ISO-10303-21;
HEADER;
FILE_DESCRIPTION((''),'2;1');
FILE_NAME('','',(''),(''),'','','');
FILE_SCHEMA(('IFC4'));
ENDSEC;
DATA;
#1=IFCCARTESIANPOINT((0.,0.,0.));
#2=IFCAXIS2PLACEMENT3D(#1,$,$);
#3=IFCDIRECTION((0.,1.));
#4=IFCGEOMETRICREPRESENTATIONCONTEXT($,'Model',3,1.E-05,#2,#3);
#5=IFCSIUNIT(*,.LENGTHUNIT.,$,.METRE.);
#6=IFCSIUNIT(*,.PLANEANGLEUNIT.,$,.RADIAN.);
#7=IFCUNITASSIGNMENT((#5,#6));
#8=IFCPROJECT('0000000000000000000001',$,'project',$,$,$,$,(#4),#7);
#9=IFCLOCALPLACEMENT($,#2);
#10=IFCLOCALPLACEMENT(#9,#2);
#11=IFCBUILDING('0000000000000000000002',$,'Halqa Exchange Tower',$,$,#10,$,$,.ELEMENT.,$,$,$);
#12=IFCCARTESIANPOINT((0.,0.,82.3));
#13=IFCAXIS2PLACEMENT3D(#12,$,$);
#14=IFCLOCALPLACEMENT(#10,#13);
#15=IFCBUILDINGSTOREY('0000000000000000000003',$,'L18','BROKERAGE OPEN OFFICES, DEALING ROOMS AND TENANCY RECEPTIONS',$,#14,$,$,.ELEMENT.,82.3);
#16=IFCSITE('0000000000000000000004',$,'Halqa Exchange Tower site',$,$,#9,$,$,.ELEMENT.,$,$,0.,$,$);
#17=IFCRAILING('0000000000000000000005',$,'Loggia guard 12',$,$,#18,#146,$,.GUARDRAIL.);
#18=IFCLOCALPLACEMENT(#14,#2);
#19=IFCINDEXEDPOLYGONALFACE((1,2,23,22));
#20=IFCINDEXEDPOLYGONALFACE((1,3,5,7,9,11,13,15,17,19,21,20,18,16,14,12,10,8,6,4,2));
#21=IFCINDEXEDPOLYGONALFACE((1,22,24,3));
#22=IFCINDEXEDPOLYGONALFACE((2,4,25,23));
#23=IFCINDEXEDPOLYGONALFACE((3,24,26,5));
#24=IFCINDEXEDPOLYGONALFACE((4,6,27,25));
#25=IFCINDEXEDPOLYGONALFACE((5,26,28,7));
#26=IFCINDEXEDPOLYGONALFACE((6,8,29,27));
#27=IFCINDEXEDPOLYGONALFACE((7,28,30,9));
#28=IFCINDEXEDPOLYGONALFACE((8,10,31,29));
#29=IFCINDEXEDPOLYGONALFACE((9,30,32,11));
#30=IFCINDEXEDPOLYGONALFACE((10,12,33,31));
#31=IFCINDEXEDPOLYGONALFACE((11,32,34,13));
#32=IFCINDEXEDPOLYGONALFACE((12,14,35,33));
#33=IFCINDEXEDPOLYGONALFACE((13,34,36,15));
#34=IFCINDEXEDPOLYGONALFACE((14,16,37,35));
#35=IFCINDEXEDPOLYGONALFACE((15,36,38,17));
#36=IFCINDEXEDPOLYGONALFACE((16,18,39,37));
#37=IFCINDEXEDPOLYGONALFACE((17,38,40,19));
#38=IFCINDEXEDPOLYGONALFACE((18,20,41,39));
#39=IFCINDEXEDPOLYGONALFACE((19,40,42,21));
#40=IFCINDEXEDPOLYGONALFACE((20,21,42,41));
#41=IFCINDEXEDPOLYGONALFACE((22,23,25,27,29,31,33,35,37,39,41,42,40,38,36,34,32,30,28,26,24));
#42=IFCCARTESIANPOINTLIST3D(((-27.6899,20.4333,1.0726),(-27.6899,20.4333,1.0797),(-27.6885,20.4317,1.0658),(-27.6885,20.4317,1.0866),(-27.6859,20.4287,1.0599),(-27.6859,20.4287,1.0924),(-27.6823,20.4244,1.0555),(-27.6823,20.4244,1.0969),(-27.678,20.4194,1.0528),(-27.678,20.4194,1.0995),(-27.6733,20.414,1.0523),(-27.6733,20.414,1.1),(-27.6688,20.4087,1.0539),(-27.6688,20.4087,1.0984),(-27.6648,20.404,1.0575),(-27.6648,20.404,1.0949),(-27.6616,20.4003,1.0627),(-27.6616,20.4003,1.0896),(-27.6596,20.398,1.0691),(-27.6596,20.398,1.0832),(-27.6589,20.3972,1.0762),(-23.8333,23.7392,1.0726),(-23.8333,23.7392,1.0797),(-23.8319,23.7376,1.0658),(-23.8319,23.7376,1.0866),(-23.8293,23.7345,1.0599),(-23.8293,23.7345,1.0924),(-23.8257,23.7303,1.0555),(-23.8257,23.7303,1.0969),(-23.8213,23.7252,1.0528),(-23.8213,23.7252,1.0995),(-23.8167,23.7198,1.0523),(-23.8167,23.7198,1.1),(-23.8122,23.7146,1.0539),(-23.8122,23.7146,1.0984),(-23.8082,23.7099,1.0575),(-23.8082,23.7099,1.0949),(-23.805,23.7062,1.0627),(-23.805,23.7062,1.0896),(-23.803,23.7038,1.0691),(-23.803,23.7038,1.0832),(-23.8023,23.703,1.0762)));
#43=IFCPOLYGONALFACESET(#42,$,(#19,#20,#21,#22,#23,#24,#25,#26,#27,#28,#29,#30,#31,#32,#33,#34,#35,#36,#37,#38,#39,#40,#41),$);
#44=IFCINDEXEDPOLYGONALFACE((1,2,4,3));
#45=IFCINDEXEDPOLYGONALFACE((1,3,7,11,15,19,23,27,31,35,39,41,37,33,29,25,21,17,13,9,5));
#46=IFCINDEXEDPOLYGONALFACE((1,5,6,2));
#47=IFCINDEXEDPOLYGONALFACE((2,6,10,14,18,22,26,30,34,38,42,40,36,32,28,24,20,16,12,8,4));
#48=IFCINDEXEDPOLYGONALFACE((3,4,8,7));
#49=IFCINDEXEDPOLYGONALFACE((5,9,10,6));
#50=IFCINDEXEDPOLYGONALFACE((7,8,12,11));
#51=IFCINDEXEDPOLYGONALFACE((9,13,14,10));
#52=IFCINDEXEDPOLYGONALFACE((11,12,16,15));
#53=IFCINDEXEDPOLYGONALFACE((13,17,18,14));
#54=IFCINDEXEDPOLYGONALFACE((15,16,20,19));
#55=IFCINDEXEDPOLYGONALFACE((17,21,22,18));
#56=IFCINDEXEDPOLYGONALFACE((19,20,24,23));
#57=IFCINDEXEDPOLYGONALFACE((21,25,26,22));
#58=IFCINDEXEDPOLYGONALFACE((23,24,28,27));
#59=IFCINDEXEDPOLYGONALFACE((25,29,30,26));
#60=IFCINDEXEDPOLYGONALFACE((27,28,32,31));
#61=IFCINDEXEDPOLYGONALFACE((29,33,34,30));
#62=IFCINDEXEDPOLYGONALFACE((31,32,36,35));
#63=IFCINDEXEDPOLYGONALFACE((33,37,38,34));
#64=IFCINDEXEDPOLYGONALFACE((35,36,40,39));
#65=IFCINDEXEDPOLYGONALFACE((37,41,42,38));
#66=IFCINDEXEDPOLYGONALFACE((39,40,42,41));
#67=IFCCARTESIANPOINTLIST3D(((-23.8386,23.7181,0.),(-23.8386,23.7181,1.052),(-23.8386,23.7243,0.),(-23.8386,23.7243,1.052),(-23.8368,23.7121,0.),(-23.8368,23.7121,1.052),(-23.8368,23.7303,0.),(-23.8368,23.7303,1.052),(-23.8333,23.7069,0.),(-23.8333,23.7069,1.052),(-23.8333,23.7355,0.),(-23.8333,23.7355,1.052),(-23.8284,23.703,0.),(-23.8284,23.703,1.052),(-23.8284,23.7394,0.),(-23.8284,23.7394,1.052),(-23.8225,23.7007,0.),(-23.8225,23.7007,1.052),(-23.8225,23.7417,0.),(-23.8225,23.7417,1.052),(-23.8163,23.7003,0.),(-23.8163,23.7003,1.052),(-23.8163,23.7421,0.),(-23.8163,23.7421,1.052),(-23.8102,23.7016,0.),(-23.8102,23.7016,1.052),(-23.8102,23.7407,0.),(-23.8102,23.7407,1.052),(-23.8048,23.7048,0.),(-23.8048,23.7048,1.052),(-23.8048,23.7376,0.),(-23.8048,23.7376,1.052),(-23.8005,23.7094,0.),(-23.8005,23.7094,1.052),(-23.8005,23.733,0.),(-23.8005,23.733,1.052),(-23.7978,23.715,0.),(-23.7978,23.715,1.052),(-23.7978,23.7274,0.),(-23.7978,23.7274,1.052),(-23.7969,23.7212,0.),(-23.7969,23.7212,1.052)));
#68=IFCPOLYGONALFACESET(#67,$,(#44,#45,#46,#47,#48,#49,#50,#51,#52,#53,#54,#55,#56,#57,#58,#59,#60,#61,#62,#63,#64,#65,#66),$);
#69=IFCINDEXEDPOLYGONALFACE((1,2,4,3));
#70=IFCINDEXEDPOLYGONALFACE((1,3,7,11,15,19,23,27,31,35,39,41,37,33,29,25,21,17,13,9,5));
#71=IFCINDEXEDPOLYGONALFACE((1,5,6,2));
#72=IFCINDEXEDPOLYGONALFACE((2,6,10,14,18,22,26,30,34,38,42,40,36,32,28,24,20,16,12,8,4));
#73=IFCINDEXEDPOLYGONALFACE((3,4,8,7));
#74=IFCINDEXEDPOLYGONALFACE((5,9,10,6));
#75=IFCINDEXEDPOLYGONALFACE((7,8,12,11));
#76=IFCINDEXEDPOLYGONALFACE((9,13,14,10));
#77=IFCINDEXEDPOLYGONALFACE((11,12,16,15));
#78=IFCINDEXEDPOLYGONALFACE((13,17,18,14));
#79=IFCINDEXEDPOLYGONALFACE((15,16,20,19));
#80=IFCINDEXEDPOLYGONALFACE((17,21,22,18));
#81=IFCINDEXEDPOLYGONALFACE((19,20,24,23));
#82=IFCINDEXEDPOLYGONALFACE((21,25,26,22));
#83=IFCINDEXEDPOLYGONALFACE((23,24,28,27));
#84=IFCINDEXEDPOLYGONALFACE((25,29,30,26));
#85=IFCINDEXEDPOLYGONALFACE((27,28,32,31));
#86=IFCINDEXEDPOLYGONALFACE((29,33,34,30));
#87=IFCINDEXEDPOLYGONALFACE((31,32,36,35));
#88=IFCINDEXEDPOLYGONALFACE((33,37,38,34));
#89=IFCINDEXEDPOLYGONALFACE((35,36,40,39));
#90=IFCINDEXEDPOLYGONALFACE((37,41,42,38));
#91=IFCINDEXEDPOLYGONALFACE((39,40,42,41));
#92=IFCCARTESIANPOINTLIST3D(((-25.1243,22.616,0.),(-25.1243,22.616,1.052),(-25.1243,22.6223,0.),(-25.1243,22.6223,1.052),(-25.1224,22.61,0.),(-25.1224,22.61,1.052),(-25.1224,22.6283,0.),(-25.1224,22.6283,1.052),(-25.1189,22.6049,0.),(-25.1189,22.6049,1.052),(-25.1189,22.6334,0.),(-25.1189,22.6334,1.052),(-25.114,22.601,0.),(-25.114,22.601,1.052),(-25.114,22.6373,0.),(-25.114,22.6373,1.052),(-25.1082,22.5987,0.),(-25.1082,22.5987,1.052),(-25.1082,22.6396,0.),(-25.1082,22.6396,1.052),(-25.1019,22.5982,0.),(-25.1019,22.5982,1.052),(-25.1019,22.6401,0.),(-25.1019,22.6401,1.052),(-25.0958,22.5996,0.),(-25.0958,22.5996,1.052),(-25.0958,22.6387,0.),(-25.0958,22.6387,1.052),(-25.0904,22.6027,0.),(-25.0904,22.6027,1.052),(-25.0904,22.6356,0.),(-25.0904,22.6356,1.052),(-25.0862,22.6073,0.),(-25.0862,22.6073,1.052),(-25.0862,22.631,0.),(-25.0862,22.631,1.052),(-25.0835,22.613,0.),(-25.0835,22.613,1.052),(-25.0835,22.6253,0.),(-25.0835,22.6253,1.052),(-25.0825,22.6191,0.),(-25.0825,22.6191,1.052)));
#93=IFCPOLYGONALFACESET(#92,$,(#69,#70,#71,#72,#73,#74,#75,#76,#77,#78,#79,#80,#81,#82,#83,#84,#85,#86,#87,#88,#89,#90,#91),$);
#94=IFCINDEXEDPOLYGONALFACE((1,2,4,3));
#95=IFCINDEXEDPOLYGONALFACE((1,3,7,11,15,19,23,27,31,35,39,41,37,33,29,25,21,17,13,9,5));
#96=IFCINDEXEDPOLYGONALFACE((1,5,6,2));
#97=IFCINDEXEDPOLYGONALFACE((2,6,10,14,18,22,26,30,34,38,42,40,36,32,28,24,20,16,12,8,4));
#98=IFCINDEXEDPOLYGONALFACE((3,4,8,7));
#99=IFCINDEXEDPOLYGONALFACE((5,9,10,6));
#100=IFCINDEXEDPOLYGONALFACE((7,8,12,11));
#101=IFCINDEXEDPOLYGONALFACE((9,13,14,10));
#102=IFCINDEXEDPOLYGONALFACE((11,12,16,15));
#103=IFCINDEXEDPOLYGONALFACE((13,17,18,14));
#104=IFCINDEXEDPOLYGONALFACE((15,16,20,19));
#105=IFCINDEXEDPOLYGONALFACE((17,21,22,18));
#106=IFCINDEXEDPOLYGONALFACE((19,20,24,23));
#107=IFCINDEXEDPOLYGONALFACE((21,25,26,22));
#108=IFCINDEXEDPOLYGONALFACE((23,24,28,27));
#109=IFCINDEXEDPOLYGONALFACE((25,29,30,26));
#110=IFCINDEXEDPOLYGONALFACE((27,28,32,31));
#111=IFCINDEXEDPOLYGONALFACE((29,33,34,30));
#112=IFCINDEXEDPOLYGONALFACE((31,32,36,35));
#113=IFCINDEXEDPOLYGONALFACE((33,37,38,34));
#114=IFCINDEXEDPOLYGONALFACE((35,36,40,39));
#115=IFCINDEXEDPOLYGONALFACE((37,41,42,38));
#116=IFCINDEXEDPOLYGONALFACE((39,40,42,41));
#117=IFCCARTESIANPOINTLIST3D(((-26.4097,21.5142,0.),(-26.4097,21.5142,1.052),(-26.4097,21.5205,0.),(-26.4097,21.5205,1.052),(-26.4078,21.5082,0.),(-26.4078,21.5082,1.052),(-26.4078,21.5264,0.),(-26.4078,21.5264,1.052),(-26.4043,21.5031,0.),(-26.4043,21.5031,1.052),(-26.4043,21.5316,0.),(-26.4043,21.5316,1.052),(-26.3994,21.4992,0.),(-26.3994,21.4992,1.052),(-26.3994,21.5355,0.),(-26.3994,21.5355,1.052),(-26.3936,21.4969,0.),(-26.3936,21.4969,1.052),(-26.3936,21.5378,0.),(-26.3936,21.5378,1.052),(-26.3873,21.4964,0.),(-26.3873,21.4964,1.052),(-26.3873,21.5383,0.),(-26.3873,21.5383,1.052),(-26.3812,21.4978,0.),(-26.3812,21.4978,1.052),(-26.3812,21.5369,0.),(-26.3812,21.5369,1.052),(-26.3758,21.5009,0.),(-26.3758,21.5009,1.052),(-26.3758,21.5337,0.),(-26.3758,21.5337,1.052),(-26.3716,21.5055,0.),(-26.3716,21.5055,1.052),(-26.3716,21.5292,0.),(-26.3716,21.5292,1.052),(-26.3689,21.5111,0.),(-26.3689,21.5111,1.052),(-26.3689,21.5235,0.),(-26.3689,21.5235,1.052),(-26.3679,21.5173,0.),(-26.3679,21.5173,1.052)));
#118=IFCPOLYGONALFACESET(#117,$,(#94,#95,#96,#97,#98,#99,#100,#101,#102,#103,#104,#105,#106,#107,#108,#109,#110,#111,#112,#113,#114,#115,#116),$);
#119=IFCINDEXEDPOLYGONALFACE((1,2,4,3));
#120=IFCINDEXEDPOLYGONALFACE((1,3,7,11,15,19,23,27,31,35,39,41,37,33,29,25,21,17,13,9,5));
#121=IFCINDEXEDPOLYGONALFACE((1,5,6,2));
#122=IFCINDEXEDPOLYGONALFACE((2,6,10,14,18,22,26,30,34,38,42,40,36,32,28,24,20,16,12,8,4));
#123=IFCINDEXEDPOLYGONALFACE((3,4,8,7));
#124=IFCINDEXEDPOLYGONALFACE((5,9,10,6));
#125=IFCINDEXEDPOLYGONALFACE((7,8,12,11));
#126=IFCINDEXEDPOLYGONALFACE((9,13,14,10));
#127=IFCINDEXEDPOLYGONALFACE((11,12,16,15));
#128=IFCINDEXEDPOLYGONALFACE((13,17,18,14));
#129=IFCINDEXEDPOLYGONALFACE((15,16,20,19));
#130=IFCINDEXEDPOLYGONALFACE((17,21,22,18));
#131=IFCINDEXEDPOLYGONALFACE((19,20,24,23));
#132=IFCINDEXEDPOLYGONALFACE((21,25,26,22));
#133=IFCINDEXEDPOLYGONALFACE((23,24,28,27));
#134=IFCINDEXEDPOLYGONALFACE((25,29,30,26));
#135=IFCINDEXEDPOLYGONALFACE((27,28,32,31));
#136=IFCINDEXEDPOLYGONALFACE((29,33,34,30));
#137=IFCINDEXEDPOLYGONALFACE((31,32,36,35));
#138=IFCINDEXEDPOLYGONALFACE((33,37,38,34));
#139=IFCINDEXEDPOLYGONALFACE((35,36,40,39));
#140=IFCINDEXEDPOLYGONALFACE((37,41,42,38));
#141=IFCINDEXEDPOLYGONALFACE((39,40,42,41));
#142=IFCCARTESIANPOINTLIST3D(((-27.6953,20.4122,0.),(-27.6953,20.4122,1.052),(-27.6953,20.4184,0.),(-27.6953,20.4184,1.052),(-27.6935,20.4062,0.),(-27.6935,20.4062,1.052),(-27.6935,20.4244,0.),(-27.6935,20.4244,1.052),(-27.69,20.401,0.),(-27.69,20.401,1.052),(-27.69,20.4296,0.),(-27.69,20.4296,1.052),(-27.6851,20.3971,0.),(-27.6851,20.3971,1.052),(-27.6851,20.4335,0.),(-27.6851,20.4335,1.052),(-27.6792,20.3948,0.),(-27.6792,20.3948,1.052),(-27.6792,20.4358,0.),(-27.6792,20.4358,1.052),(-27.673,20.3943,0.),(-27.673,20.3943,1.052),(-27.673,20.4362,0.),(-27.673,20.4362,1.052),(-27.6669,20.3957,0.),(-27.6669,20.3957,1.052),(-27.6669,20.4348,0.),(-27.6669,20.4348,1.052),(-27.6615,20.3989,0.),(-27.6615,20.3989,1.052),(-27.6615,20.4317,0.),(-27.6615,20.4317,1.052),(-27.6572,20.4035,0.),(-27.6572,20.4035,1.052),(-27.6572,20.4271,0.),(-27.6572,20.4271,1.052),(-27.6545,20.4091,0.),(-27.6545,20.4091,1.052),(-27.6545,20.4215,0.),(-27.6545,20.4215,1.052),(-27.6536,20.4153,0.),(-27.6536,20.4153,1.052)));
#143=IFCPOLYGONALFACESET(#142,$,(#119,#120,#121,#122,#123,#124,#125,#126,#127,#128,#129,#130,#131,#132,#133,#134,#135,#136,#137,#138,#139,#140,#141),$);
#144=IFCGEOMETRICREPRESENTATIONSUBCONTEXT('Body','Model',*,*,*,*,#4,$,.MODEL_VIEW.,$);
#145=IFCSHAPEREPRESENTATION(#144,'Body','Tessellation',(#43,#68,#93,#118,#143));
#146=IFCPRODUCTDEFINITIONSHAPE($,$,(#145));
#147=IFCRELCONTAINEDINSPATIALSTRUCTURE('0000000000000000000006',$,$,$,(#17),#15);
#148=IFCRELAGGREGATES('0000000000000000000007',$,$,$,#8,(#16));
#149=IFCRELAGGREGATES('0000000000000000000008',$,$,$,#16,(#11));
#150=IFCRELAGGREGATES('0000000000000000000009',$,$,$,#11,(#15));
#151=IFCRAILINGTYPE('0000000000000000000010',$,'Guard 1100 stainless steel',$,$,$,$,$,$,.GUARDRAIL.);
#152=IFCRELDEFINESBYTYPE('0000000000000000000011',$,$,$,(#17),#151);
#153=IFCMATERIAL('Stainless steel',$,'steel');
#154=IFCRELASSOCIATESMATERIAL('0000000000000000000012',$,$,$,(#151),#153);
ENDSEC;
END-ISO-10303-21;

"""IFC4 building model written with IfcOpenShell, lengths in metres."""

from ifc_helpers import new_model, si_unit, direction, frame, origin, origin_2d, place, context, subcontext, project, spatial, circle, extrude, material, type_object, element, save


model = new_model("IFC4")

# Units and contexts
model_context = context("Model", 3, precision=1e-05, world=origin(), true_north=direction((0.0, 1.0)))
body_context = subcontext(model_context, "Body", "Model", "MODEL_VIEW")
ifc_project = project(units=[si_unit("LENGTHUNIT", "METRE"), si_unit("PLANEANGLEUNIT", "RADIAN")], contexts=[model_context])

# Site, building, storey
site_placement = place(None, origin())
site = spatial("IfcSite", under=ifc_project, at=site_placement, Name="Halqa Exchange Tower site", CompositionType="ELEMENT", RefElevation=0.0)
building_placement = place(site_placement, origin())
building = spatial("IfcBuilding", under=site, at=building_placement, Name="Halqa Exchange Tower", CompositionType="ELEMENT")
storey_placement = place(building_placement, frame((0.0, 0.0, 82.3)))
storey = spatial("IfcBuildingStorey", under=building, at=storey_placement, Name="L18", Description="BROKERAGE OPEN OFFICES, DEALING ROOMS AND TENANCY RECEPTIONS", CompositionType="ELEMENT", Elevation=82.3)

# Railing
ifc_material_1 = material(Name="Stainless steel", Category="steel")
railing_type = type_object("IfcRailingType", Name="Guard 1100 stainless steel", PredefinedType="GUARDRAIL", material=ifc_material_1)
railing_1_placement = place(storey_placement, frame((-23.8179, 23.7212, 0.0)))
element("IfcRailing", 1, at=railing_1_placement, inside=storey, type_object=railing_type, Name="Loggia guard 12", PredefinedType="GUARDRAIL", context=body_context, shape_type="SweptSolid", body=[
    extrude(circle(Radius=0.0239, at=origin_2d()), frame((0.0, 0.0, 1.0762), z_axis=(-0.75924, -0.650811, 0.0), x_axis=(0.650811, -0.75924, 0.0)), (0.0, 0.0, 1.0), 5.0796),
    extrude(circle(Radius=0.021, at=origin_2d()), origin(), (0.0, 0.0, 1.0), 1.052),
    extrude(circle(Radius=0.021, at=origin_2d()), frame((-1.2856, -1.1021, 0.0)), (0.0, 0.0, 1.0), 1.052),
    extrude(circle(Radius=0.021, at=origin_2d()), frame((-2.571, -2.2039, 0.0)), (0.0, 0.0, 1.0), 1.052),
    extrude(circle(Radius=0.021, at=origin_2d()), frame((-3.8567, -3.3059, 0.0)), (0.0, 0.0, 1.0), 1.052),
])

save(model, "model.ifc")
